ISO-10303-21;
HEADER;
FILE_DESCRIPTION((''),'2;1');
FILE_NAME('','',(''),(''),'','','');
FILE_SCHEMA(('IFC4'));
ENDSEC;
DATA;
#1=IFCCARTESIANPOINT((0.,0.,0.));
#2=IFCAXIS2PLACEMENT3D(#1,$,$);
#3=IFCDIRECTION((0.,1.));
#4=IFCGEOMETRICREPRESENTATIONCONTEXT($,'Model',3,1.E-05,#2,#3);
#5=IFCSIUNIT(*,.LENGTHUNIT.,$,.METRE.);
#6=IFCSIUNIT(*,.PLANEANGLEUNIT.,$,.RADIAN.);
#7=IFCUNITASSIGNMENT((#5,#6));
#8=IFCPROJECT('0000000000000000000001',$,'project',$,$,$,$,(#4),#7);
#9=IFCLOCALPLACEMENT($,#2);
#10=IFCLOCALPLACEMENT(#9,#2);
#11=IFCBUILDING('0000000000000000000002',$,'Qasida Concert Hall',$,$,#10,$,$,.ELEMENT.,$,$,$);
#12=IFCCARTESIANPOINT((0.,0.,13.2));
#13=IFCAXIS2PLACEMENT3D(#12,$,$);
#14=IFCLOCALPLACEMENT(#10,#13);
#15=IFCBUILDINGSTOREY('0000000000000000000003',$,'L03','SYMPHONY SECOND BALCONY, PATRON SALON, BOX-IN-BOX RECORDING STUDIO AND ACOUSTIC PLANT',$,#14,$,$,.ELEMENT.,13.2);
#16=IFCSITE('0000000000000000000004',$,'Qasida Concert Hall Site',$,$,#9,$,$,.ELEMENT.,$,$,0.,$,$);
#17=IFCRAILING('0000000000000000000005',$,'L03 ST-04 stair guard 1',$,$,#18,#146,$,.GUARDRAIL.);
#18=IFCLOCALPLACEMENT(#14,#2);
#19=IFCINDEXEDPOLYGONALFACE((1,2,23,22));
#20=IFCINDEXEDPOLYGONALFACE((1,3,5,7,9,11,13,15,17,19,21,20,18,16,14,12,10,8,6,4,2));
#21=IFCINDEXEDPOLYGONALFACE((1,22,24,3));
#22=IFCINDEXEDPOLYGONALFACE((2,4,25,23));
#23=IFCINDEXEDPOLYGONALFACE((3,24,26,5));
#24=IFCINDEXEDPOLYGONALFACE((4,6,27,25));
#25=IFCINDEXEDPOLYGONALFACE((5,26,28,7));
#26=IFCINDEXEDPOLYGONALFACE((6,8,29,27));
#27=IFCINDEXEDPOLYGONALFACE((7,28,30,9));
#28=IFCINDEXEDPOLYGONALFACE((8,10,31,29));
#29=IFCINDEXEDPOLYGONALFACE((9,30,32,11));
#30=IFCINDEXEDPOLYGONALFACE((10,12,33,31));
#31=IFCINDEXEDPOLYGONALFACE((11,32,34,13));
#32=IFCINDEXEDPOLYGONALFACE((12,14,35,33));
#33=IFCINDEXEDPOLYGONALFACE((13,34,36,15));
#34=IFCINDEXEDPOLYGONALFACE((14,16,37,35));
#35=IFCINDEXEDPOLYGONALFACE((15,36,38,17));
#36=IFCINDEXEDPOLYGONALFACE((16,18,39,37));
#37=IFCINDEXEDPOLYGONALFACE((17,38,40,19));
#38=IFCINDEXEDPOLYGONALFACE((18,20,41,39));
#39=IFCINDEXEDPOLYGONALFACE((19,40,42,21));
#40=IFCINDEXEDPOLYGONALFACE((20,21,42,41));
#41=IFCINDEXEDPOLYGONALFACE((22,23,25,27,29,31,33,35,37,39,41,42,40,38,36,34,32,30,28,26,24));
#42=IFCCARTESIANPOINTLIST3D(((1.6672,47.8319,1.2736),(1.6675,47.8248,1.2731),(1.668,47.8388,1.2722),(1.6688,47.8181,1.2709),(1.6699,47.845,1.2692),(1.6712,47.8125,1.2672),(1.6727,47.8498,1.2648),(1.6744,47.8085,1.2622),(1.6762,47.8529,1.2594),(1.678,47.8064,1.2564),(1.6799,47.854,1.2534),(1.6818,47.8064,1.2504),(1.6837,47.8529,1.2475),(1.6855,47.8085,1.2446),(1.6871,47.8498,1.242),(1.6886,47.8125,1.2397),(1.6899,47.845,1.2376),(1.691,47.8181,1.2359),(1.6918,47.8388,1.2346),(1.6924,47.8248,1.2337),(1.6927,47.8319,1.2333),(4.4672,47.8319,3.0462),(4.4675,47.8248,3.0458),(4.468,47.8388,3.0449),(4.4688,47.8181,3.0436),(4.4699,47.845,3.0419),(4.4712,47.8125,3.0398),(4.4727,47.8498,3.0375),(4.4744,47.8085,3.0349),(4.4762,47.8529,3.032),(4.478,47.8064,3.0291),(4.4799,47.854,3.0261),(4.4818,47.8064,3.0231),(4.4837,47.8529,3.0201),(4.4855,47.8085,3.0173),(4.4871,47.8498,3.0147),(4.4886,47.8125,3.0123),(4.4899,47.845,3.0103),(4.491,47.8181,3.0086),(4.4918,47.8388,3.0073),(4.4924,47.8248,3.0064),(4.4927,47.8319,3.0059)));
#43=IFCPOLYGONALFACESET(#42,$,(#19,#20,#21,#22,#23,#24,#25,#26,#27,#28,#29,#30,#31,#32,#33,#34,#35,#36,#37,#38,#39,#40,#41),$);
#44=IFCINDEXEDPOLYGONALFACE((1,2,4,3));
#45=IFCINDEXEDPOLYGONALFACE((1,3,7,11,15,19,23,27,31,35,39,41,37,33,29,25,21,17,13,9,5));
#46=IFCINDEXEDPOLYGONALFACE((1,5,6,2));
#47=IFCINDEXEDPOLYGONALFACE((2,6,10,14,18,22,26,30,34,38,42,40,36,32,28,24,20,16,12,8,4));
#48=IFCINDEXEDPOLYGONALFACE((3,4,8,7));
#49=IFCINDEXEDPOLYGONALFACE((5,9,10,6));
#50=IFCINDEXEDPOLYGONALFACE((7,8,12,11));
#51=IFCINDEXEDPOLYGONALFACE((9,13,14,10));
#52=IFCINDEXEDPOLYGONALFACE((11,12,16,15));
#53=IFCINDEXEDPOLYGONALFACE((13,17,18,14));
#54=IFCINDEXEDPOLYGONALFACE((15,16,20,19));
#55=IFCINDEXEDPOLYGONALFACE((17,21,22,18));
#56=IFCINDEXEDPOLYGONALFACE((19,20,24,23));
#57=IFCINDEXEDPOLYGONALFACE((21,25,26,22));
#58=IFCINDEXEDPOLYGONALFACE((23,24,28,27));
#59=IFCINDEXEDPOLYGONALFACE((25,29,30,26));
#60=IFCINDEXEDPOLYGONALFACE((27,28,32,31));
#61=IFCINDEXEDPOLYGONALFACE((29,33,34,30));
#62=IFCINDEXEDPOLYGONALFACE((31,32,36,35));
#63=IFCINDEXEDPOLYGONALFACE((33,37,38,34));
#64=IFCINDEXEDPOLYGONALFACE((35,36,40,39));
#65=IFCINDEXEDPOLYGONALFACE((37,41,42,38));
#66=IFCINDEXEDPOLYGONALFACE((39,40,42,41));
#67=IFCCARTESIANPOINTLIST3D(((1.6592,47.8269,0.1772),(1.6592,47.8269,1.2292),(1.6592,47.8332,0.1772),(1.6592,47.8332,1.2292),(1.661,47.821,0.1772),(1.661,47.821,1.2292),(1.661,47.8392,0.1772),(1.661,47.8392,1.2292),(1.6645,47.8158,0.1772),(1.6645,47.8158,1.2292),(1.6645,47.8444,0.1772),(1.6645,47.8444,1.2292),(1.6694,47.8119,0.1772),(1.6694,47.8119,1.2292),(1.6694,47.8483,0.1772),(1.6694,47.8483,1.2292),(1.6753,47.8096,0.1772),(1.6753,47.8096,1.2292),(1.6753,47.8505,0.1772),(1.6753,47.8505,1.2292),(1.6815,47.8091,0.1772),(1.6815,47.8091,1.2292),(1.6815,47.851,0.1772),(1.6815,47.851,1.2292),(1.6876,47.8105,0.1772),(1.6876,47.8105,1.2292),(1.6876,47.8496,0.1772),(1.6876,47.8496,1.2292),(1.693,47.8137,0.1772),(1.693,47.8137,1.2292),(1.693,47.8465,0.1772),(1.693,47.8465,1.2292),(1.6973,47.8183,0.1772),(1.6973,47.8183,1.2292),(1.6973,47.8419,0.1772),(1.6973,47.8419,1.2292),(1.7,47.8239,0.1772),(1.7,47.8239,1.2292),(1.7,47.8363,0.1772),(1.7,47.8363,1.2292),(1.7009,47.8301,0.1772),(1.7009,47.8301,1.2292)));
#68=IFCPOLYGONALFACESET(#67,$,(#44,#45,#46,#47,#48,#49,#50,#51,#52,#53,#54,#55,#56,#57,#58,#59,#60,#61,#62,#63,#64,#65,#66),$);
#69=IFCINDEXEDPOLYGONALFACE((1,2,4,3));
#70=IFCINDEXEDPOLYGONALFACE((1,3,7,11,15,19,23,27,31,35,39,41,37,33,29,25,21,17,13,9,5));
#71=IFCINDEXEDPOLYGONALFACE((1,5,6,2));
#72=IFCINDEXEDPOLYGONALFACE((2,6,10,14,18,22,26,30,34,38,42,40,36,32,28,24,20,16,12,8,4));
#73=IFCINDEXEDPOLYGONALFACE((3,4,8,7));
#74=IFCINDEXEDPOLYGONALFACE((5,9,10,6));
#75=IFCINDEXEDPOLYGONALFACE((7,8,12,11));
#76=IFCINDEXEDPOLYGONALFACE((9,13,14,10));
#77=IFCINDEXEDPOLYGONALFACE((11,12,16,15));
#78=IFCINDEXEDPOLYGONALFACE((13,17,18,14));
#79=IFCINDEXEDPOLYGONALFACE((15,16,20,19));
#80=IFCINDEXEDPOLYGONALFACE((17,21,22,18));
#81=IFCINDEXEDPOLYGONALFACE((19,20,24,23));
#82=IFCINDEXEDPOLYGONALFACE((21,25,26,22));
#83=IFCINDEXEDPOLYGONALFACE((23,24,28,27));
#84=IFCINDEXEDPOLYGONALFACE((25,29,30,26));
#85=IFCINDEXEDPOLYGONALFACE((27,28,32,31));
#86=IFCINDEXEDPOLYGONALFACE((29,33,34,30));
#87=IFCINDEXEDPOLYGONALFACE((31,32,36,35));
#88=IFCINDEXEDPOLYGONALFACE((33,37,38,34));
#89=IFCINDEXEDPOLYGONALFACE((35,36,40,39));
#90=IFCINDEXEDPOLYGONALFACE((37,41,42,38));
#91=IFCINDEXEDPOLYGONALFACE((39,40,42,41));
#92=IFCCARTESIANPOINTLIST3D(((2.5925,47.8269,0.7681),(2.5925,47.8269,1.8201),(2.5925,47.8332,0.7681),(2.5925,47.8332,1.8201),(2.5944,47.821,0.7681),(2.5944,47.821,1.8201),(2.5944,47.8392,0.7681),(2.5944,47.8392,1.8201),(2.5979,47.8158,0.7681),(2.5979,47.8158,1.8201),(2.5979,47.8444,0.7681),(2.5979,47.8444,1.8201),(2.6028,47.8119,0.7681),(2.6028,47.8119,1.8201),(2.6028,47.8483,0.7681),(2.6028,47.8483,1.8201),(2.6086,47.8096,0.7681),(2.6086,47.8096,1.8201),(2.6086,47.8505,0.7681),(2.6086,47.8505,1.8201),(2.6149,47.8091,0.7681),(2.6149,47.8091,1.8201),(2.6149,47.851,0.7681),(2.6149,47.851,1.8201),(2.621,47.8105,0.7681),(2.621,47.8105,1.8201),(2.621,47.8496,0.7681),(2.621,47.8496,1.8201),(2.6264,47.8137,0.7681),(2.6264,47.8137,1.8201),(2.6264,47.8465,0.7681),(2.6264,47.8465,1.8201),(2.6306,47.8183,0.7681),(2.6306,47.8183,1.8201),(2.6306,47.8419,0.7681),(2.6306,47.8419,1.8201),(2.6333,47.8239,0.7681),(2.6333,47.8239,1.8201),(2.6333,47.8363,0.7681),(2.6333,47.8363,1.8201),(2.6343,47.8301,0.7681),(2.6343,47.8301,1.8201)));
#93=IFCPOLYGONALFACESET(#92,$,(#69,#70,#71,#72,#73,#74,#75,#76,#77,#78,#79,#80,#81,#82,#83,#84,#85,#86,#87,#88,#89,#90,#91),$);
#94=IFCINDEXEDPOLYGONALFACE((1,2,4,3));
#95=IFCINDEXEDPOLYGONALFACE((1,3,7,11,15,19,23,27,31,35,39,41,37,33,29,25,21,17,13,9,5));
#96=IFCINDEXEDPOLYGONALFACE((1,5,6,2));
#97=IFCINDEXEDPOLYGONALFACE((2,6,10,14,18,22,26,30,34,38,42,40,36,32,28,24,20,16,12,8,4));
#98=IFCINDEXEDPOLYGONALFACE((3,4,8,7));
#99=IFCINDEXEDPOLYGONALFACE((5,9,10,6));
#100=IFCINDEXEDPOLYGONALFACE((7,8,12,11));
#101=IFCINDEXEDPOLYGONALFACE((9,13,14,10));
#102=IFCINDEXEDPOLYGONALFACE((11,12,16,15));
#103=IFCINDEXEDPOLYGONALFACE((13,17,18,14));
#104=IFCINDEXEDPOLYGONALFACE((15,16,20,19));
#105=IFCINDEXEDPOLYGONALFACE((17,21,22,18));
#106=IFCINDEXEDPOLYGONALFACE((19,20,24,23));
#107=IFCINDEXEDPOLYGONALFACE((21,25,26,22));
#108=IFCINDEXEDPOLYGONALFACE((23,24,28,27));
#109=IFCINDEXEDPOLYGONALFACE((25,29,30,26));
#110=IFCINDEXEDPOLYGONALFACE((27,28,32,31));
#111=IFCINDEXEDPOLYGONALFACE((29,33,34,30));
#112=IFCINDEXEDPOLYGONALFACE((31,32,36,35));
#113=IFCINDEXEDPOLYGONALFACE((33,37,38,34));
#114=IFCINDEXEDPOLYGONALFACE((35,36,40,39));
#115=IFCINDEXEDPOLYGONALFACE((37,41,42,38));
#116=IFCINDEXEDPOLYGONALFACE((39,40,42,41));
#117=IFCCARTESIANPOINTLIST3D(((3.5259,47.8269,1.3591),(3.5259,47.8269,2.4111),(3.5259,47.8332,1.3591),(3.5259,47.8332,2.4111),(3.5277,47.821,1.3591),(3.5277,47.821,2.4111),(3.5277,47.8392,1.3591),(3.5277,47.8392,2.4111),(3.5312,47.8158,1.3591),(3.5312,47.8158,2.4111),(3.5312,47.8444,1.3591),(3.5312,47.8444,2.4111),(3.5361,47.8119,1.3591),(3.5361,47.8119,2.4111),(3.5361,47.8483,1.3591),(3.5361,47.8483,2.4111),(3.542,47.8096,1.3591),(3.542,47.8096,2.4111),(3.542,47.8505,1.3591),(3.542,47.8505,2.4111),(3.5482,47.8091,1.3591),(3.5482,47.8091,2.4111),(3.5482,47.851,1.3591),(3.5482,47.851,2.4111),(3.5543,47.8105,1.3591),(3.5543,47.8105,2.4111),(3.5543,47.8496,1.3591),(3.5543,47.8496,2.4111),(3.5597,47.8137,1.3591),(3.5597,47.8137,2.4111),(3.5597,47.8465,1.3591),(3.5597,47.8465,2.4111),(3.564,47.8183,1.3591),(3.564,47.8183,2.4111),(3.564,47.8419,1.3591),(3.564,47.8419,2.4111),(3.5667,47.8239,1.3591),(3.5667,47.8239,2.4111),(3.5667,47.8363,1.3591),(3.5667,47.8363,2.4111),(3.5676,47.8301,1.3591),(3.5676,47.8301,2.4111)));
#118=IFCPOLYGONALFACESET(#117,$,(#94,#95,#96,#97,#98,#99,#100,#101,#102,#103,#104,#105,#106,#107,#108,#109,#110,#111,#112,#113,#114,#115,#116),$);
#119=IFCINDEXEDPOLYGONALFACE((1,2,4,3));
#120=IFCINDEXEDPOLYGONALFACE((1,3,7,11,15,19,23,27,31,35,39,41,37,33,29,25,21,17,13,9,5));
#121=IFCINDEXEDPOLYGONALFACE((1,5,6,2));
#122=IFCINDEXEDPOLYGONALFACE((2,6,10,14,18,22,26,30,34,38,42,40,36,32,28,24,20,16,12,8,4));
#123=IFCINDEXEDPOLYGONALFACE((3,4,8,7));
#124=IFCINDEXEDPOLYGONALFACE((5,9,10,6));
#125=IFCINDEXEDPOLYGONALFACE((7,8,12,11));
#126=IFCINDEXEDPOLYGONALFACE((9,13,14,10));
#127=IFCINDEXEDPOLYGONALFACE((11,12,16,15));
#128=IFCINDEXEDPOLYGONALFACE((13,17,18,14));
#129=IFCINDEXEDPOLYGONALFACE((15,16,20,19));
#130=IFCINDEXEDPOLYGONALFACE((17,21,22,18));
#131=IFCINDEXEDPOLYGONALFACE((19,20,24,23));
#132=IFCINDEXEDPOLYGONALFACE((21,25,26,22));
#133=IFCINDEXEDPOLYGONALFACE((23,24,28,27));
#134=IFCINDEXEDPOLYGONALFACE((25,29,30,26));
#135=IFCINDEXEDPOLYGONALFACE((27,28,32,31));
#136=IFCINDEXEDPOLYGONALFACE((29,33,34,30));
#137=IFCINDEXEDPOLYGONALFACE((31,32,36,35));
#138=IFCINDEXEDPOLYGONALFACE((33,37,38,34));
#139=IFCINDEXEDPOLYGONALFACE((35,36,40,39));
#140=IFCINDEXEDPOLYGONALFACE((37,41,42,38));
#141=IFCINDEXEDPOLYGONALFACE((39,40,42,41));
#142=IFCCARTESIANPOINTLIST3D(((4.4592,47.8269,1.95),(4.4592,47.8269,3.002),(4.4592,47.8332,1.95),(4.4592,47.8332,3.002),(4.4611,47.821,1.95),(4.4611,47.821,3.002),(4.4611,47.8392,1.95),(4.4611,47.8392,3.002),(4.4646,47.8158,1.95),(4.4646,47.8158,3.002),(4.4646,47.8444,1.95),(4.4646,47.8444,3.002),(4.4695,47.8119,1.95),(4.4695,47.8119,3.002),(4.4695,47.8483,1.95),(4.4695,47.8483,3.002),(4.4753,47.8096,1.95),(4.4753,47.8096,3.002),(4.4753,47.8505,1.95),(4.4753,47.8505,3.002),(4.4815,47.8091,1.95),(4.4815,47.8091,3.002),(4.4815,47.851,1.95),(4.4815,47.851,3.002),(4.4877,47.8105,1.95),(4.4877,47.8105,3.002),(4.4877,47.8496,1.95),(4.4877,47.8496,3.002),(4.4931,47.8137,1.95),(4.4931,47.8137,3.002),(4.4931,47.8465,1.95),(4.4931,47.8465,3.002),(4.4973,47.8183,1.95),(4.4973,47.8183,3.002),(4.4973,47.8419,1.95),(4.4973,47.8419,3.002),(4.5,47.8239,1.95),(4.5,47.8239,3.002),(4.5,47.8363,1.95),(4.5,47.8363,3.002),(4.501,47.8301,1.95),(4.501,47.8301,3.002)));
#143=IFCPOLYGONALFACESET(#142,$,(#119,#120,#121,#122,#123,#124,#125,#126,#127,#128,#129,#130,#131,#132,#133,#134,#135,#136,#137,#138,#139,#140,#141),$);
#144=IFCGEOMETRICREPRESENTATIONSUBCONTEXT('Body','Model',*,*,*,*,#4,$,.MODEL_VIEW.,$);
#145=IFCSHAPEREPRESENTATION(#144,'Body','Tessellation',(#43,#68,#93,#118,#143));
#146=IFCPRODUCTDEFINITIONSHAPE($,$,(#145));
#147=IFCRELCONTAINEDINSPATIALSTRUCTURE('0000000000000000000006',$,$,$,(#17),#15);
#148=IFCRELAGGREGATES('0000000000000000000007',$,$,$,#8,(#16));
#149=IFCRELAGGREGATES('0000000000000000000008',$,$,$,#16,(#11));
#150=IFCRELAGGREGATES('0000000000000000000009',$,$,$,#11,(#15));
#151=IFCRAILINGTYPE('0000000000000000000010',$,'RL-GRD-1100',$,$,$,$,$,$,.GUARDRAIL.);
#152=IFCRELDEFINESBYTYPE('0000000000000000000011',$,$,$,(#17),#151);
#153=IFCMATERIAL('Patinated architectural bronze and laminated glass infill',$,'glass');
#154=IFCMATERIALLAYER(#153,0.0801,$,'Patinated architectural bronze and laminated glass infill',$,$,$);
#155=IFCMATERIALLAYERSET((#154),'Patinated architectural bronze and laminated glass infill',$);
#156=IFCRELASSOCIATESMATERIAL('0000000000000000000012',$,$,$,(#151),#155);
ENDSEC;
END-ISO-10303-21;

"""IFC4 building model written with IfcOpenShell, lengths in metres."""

from ifc_helpers import new_model, si_unit, direction, frame, origin, origin_2d, place, context, subcontext, project, spatial, circle, extrude, material, layer, layer_set, type_object, element, save


model = new_model("IFC4")

# Units and contexts
model_context = context("Model", 3, precision=1e-05, world=origin(), true_north=direction((0.0, 1.0)))
body_context = subcontext(model_context, "Body", "Model", "MODEL_VIEW")
ifc_project = project(units=[si_unit("LENGTHUNIT", "METRE"), si_unit("PLANEANGLEUNIT", "RADIAN")], contexts=[model_context])

# Site, building, storey
site_placement = place(None, origin())
site = spatial("IfcSite", under=ifc_project, at=site_placement, Name="Qasida Concert Hall Site", CompositionType="ELEMENT", RefElevation=0.0)
building_placement = place(site_placement, origin())
building = spatial("IfcBuilding", under=site, at=building_placement, Name="Qasida Concert Hall", CompositionType="ELEMENT")
storey_placement = place(building_placement, frame((0.0, 0.0, 13.2)))
storey = spatial("IfcBuildingStorey", under=building, at=storey_placement, Name="L03", Description="SYMPHONY SECOND BALCONY, PATRON SALON, BOX-IN-BOX RECORDING STUDIO AND ACOUSTIC PLANT", CompositionType="ELEMENT", Elevation=13.2)

# Railing
ifc_material_1 = material(Name="Patinated architectural bronze and laminated glass infill", Category="glass")
ifc_layer_1 = layer(ifc_material_1, 0.0801, Name="Patinated architectural bronze and laminated glass infill")
ifc_layer_set_1 = layer_set([ifc_layer_1], Name="Patinated architectural bronze and laminated glass infill")
railing_type_1 = type_object("IfcRailingType", Name="RL-GRD-1100", PredefinedType="GUARDRAIL", material=ifc_layer_set_1)
railing_1_placement = place(storey_placement, frame((1.6799, 47.8301, 0.1772)))
element("IfcRailing", 1, at=railing_1_placement, inside=storey, type_object=railing_type_1, Name="L03 ST-04 stair guard 1", PredefinedType="GUARDRAIL", context=body_context, shape_type="SweptSolid", body=[
    extrude(circle(Radius=0.0239, at=origin_2d()), frame((0.0, 0.0, 1.0762), z_axis=(0.844909, 0.0, 0.53491), x_axis=(0.0, 1.0, 0.0)), (0.0, 0.0, 1.0), 3.314),
    extrude(circle(Radius=0.021, at=origin_2d()), origin(), (0.0, 0.0, 1.0), 1.052),
    extrude(circle(Radius=0.021, at=origin_2d()), frame((0.9333, 0.0, 0.5908)), (0.0, 0.0, 1.0), 1.052),
    extrude(circle(Radius=0.021, at=origin_2d()), frame((1.8667, 0.0, 1.1819)), (0.0, 0.0, 1.0), 1.052),
    extrude(circle(Radius=0.021, at=origin_2d()), frame((2.8, 0.0, 1.7727)), (0.0, 0.0, 1.0), 1.052),
])

save(model, "model.ifc")
